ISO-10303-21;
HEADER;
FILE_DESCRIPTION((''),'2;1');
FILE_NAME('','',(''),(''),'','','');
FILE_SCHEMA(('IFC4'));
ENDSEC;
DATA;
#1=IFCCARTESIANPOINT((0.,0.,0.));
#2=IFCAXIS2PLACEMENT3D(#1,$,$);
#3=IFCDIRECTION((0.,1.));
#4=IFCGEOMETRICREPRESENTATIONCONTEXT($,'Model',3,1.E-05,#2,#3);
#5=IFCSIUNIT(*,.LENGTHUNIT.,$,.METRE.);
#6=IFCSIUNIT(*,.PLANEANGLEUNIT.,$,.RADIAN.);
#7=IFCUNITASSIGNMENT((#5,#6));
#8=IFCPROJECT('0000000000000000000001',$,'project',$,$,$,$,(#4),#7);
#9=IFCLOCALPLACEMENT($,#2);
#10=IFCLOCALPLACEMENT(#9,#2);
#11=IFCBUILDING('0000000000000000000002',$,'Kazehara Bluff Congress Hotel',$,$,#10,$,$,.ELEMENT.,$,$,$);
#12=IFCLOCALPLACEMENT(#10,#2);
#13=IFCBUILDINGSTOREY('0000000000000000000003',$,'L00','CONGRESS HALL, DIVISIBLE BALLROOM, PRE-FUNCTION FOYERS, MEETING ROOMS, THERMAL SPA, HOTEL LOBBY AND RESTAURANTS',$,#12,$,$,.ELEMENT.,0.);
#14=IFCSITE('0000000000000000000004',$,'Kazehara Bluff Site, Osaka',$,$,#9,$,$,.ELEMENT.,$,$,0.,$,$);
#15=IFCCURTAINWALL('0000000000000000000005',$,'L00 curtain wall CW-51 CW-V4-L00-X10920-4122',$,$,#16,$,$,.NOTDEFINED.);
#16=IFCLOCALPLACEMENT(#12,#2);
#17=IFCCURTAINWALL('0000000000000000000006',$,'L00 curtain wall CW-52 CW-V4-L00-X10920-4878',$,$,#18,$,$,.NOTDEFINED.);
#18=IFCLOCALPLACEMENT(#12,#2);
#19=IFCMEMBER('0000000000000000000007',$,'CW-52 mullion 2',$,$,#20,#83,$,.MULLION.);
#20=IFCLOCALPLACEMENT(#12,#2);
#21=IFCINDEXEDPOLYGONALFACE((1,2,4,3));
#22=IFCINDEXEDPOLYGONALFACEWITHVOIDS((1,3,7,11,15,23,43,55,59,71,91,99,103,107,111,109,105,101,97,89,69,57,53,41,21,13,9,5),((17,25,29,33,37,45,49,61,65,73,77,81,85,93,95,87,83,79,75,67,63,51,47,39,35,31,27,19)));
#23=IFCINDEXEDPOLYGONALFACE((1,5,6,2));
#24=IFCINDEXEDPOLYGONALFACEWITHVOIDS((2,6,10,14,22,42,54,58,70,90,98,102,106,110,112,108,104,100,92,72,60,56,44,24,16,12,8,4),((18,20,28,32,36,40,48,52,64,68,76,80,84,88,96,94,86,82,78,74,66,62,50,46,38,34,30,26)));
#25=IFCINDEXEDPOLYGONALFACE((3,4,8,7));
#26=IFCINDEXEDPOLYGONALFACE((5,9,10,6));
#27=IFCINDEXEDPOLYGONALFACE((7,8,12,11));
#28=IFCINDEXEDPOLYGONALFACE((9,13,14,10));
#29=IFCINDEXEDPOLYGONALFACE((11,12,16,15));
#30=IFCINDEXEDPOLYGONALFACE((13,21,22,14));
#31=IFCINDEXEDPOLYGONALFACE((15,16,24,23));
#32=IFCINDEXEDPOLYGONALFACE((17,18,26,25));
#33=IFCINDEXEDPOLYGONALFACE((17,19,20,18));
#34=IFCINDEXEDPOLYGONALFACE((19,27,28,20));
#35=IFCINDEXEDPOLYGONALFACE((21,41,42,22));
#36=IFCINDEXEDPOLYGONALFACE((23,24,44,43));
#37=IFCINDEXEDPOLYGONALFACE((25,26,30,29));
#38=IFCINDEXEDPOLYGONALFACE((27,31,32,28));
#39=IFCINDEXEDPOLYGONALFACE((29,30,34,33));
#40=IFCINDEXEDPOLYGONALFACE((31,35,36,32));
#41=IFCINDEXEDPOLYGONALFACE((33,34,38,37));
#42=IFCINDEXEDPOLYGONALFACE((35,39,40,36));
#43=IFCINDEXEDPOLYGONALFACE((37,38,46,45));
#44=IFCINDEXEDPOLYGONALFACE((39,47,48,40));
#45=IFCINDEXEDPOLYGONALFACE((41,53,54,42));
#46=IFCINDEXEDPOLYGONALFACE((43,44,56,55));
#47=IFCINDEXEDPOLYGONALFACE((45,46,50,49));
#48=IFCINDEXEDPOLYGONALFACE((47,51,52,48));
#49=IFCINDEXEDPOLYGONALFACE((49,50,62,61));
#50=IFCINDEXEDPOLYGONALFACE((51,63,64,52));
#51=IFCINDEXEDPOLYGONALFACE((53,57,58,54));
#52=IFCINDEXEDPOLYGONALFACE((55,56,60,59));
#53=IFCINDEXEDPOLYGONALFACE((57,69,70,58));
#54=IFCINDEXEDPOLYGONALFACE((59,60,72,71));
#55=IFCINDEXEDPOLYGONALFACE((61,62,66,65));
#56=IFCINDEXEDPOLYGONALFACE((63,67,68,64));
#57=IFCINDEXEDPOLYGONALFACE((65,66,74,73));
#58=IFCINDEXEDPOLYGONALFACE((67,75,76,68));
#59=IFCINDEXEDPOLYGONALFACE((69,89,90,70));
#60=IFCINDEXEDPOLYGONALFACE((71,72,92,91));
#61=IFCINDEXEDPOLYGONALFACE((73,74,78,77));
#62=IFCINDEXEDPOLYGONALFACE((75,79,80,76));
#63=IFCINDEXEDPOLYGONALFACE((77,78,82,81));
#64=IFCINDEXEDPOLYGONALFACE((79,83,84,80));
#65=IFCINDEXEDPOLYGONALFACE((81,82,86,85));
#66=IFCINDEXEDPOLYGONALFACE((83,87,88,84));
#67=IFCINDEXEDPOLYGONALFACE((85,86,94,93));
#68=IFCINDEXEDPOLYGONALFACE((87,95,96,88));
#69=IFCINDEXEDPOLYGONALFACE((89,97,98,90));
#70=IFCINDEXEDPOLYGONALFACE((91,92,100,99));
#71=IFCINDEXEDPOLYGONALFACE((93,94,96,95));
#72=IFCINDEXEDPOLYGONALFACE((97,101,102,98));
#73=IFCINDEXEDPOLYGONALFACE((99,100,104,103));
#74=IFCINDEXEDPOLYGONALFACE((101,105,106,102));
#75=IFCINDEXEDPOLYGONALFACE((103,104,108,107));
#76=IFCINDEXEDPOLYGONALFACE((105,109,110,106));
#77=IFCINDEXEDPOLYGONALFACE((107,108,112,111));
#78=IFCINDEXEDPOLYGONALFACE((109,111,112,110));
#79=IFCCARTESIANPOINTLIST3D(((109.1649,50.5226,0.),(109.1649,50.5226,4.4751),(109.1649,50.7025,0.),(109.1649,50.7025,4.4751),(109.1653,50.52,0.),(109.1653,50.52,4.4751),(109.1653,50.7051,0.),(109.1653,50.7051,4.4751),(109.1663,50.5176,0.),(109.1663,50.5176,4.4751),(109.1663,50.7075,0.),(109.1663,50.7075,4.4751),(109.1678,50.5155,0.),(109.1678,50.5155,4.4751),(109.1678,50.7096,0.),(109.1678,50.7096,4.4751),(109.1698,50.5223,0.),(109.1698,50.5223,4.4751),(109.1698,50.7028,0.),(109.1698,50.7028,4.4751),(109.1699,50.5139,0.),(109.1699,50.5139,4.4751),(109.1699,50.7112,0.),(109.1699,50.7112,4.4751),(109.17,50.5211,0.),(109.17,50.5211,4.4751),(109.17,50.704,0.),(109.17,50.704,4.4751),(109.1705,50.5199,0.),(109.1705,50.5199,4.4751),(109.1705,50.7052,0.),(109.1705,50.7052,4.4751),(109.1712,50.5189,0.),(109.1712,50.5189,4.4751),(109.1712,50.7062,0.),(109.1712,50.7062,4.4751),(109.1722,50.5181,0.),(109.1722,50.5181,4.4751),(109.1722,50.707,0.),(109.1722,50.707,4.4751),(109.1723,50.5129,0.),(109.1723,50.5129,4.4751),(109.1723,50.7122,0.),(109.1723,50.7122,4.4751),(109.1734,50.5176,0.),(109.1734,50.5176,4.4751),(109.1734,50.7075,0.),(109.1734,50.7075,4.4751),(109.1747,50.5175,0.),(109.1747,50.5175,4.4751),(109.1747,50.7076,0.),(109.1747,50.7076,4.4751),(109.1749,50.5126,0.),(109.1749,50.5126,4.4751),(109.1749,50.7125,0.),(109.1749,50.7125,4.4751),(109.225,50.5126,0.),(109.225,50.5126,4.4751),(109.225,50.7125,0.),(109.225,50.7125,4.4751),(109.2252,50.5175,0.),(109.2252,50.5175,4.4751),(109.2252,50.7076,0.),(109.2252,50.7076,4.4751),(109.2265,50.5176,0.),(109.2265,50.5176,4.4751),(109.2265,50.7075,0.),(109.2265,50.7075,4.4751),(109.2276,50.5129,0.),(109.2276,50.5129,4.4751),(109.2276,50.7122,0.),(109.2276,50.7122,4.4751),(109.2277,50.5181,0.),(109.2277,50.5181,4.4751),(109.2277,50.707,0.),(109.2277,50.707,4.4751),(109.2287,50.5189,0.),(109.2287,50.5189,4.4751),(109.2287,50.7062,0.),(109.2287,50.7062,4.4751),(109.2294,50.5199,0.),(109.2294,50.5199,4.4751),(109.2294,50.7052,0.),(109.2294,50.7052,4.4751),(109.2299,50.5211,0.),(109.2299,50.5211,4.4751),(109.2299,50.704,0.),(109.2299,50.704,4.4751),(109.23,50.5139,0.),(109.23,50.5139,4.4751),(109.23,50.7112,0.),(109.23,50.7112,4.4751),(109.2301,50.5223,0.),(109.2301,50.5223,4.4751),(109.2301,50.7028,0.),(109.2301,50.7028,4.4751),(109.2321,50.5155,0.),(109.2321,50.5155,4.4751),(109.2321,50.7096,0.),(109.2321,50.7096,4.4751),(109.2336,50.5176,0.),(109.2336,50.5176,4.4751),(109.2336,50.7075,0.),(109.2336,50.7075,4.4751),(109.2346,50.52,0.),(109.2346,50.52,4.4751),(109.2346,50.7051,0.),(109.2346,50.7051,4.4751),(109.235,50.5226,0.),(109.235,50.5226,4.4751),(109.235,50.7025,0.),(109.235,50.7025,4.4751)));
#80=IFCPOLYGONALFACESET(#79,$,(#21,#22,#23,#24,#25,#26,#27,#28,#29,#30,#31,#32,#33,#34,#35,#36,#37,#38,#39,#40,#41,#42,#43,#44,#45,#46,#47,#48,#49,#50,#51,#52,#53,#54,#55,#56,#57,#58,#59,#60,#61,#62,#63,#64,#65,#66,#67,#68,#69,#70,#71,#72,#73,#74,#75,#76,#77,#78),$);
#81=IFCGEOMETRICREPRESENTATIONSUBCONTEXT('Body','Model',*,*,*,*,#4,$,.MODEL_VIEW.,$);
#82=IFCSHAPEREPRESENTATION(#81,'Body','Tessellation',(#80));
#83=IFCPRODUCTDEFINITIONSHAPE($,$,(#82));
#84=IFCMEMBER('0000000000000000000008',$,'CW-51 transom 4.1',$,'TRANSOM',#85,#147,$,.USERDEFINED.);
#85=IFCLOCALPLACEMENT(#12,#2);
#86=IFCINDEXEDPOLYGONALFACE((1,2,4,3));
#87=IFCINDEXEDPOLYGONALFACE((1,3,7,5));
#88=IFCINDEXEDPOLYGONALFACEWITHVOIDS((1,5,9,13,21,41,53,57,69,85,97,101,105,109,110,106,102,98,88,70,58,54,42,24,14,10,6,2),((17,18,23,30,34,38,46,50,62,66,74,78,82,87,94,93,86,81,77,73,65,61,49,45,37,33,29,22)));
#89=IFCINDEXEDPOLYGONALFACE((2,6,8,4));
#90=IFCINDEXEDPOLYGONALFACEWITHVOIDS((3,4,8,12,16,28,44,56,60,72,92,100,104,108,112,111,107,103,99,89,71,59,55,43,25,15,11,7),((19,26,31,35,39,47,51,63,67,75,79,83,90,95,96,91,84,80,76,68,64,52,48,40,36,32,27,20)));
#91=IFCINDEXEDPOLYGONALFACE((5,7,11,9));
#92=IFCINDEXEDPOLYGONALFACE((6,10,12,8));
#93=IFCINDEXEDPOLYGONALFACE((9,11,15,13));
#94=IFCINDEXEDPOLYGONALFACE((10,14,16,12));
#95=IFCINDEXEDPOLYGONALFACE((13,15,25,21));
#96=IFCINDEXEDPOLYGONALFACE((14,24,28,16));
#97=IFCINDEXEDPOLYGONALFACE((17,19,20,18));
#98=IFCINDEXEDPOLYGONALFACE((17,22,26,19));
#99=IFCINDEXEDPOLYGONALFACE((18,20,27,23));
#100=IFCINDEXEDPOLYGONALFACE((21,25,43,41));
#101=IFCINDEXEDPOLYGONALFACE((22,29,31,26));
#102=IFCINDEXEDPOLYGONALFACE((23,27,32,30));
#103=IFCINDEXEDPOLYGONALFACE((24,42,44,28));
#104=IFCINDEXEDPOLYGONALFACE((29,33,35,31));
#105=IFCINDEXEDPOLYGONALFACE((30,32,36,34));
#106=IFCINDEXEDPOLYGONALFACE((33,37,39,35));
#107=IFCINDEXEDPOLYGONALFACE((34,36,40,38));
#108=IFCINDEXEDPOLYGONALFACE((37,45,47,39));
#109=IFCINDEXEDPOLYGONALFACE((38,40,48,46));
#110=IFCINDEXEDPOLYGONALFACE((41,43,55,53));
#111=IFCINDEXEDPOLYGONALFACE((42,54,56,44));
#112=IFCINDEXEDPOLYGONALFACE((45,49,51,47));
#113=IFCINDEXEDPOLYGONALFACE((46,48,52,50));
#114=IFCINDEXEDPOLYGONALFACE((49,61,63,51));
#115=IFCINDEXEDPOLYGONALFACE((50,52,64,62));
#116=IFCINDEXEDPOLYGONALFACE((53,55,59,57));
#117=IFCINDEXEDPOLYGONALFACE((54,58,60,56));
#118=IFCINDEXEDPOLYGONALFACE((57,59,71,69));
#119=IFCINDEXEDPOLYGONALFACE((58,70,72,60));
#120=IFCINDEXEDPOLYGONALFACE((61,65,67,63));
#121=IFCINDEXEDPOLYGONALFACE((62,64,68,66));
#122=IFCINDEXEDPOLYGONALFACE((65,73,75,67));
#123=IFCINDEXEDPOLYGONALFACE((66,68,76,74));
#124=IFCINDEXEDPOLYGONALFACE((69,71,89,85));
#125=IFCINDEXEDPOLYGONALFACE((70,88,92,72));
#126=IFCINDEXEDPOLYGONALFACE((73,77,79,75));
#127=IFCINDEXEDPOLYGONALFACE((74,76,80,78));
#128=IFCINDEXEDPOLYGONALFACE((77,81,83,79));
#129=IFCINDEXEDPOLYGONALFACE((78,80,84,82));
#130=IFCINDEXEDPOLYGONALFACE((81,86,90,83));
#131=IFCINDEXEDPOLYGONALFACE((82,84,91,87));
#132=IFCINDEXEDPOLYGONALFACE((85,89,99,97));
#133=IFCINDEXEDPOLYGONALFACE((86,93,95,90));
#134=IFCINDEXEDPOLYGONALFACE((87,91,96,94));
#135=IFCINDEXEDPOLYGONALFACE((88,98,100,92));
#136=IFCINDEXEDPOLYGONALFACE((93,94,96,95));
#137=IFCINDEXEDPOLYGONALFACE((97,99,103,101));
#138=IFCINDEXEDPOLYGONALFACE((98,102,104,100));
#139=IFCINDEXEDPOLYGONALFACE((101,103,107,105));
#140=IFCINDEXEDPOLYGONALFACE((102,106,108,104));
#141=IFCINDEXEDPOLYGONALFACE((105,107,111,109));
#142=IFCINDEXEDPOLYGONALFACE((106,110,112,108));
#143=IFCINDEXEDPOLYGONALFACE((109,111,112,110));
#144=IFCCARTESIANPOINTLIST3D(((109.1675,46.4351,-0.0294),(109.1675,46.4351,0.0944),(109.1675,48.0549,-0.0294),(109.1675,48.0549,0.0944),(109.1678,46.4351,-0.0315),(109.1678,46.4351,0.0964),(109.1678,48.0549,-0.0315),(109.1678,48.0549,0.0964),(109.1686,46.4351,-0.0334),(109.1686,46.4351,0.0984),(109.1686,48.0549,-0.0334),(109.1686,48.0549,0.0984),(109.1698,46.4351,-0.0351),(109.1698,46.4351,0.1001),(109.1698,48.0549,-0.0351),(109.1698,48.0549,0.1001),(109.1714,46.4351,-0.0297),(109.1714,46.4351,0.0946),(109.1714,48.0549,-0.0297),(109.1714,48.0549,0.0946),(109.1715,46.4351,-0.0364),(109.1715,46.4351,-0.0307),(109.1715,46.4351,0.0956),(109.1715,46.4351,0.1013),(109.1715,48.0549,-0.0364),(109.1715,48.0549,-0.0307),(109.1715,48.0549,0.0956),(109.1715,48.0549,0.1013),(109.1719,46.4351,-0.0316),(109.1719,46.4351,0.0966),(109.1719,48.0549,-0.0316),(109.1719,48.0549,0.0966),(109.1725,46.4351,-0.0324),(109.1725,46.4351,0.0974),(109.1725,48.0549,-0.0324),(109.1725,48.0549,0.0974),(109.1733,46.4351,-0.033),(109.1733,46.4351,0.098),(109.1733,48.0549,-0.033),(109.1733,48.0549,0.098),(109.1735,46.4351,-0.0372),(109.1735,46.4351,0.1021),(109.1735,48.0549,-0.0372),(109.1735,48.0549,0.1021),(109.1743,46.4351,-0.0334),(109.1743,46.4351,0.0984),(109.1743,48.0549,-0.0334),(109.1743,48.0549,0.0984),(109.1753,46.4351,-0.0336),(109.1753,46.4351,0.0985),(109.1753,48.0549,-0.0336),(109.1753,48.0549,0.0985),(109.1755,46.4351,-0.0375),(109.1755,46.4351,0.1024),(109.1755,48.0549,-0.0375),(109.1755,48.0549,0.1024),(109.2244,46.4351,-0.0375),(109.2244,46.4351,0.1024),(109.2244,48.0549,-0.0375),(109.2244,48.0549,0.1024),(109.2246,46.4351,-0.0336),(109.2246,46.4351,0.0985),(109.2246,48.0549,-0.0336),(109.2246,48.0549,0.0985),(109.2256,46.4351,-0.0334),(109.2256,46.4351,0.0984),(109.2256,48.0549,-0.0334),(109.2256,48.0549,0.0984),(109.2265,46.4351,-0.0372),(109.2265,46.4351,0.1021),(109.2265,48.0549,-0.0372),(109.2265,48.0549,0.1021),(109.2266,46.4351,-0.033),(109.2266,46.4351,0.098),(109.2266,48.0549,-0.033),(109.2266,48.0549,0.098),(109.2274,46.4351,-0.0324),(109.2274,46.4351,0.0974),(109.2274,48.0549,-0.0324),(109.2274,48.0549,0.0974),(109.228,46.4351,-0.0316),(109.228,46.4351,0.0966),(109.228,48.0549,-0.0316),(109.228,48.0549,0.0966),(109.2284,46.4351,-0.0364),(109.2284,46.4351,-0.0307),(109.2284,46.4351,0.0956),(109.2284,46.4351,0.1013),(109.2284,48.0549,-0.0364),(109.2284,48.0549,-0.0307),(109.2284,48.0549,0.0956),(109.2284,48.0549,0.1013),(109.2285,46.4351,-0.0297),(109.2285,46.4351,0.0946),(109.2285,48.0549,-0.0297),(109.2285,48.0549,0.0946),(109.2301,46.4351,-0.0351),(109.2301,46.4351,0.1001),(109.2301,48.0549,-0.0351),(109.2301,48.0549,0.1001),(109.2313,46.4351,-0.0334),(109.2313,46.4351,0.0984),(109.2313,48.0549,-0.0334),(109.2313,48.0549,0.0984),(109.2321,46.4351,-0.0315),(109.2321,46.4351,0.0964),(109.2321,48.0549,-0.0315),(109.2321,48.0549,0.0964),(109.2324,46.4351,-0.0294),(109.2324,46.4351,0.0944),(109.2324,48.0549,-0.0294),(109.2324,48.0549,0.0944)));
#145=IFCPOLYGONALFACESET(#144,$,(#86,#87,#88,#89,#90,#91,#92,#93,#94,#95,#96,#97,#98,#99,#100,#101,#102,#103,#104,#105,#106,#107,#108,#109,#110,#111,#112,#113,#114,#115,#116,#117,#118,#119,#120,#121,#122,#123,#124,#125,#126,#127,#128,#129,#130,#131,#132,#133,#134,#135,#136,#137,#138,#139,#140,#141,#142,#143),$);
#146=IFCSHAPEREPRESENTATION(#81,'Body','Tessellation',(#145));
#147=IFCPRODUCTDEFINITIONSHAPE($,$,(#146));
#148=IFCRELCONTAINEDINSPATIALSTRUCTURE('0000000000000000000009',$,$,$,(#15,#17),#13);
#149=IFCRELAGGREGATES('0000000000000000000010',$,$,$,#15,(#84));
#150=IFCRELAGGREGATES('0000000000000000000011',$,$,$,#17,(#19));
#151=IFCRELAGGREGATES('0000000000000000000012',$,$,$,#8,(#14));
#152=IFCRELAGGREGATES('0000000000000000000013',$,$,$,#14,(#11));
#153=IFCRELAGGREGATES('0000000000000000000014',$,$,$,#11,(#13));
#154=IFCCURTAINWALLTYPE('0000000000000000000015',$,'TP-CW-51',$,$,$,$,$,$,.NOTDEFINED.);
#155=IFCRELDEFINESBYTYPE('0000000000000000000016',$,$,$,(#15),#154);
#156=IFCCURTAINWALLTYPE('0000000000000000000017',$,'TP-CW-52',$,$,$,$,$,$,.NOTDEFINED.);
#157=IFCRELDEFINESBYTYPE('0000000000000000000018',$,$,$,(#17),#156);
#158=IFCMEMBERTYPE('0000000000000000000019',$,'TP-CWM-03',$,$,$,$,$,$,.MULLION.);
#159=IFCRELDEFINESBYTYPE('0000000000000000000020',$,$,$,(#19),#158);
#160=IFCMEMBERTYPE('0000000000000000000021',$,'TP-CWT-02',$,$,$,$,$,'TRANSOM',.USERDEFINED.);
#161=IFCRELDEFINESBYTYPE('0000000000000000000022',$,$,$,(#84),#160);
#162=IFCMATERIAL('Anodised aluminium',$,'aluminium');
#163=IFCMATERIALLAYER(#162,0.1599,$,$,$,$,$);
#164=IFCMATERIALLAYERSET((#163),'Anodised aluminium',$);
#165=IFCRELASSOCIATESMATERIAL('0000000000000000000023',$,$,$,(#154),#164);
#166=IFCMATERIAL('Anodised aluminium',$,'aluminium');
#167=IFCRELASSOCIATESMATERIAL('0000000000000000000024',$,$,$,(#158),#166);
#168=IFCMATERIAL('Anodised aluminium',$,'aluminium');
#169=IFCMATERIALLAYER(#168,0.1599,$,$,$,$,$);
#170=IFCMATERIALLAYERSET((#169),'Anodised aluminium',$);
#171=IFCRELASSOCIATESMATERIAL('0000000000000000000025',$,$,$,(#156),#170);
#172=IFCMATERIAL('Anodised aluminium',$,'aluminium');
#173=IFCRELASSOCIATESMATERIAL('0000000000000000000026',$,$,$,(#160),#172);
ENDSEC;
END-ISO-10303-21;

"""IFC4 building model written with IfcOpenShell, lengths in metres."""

from ifc_helpers import new_model, si_unit, direction, frame, origin, origin_2d, place, context, subcontext, project, spatial, hollow_rectangle, extrude, material, layer, layer_set, material_profile, profile_set, type_object, element, aggregate, save


model = new_model("IFC4")

# Units and contexts
model_context = context("Model", 3, precision=1e-05, world=origin(), true_north=direction((0.0, 1.0)))
body_context = subcontext(model_context, "Body", "Model", "MODEL_VIEW")
ifc_project = project(units=[si_unit("LENGTHUNIT", "METRE"), si_unit("PLANEANGLEUNIT", "RADIAN")], contexts=[model_context])

# Site, building, storey
site_placement = place(None, origin())
site = spatial("IfcSite", under=ifc_project, at=site_placement, Name="Kazehara Bluff Site, Osaka", CompositionType="ELEMENT", RefElevation=0.0)
building_placement = place(site_placement, origin())
building = spatial("IfcBuilding", under=site, at=building_placement, Name="Kazehara Bluff Congress Hotel", CompositionType="ELEMENT")
storey_placement = place(building_placement, origin())
storey = spatial("IfcBuildingStorey", under=building, at=storey_placement, Name="L00", Description="CONGRESS HALL, DIVISIBLE BALLROOM, PRE-FUNCTION FOYERS, MEETING ROOMS, THERMAL SPA, HOTEL LOBBY AND RESTAURANTS", CompositionType="ELEMENT", Elevation=0.0)

# Curtain walls, member
ifc_material_1 = material(Name="Anodised aluminium", Category="aluminium")
ifc_layer_1 = layer(ifc_material_1, 0.1599)
ifc_layer_set_1 = layer_set([ifc_layer_1], Name="Anodised aluminium")
curtain_wall_type_1 = type_object("IfcCurtainWallType", Name="TP-CW-51", PredefinedType="NOTDEFINED", material=ifc_layer_set_1)
curtain_wall_1_placement = place(storey_placement, origin())
curtain_wall_1 = element("IfcCurtainWall", 1, at=curtain_wall_1_placement, inside=storey, type_object=curtain_wall_type_1, Name="L00 curtain wall CW-51 CW-V4-L00-X10920-4122", PredefinedType="NOTDEFINED")
ifc_material_2 = material(Name="Anodised aluminium", Category="aluminium")
ifc_material_profile_1 = material_profile(ifc_material_2, hollow_rectangle(XDim=0.0701, YDim=0.2, WallThickness=0.0049, InnerFilletRadius=0.0049, OuterFilletRadius=0.01, at=origin_2d()))
ifc_profile_set_1 = profile_set([ifc_material_profile_1], Name="Anodised aluminium")
member_type_1 = type_object("IfcMemberType", Name="TP-CWM-03", PredefinedType="MULLION", material=ifc_profile_set_1)
ifc_material_3 = material(Name="Anodised aluminium", Category="aluminium")
ifc_layer_2 = layer(ifc_material_3, 0.1599)
ifc_layer_set_2 = layer_set([ifc_layer_2], Name="Anodised aluminium")
curtain_wall_type_2 = type_object("IfcCurtainWallType", Name="TP-CW-52", PredefinedType="NOTDEFINED", material=ifc_layer_set_2)
curtain_wall_2_placement = place(storey_placement, origin())
curtain_wall_2 = element("IfcCurtainWall", 2, at=curtain_wall_2_placement, inside=storey, type_object=curtain_wall_type_2, Name="L00 curtain wall CW-52 CW-V4-L00-X10920-4878", PredefinedType="NOTDEFINED")
member_1_placement = place(storey_placement, frame((109.2, 50.6125, 0.0), z_axis=(0.0, 0.0, 1.0), x_axis=(-1.0, 0.0, 0.0)))
member_1 = element("IfcMember", 3, at=member_1_placement, type_object=member_type_1, Name="CW-52 mullion 2", PredefinedType="MULLION", context=body_context, shape_type="SweptSolid", body=[
    extrude(hollow_rectangle(XDim=0.0701, YDim=0.2, WallThickness=0.0049, InnerFilletRadius=0.0049, OuterFilletRadius=0.01, at=origin_2d()), origin(), (0.0, 0.0, 1.0), 4.4751),
])

# Member
ifc_material_4 = material(Name="Anodised aluminium", Category="aluminium")
ifc_material_profile_2 = material_profile(ifc_material_4, hollow_rectangle(XDim=0.0649, YDim=0.1399, WallThickness=0.0039, InnerFilletRadius=0.0039, OuterFilletRadius=0.0081, at=origin_2d()))
ifc_profile_set_2 = profile_set([ifc_material_profile_2], Name="Anodised aluminium")
member_type_2 = type_object("IfcMemberType", Name="TP-CWT-02", ElementType="TRANSOM", PredefinedType="USERDEFINED", material=ifc_profile_set_2)
member_2_placement = place(storey_placement, frame((109.2, 46.4351, 0.0325), z_axis=(0.0, 1.0, 0.0), x_axis=(-1.0, 0.0, 0.0)))
member_2 = element("IfcMember", 4, at=member_2_placement, type_object=member_type_2, Name="CW-51 transom 4.1", ObjectType="TRANSOM", PredefinedType="USERDEFINED", context=body_context, shape_type="SweptSolid", body=[
    extrude(hollow_rectangle(XDim=0.0649, YDim=0.1399, WallThickness=0.0039, InnerFilletRadius=0.0039, OuterFilletRadius=0.0081, at=origin_2d()), origin(), (0.0, 0.0, 1.0), 1.6199),
])

aggregate(curtain_wall_1, [member_2])
aggregate(curtain_wall_2, [member_1])

save(model, "model.ifc")
